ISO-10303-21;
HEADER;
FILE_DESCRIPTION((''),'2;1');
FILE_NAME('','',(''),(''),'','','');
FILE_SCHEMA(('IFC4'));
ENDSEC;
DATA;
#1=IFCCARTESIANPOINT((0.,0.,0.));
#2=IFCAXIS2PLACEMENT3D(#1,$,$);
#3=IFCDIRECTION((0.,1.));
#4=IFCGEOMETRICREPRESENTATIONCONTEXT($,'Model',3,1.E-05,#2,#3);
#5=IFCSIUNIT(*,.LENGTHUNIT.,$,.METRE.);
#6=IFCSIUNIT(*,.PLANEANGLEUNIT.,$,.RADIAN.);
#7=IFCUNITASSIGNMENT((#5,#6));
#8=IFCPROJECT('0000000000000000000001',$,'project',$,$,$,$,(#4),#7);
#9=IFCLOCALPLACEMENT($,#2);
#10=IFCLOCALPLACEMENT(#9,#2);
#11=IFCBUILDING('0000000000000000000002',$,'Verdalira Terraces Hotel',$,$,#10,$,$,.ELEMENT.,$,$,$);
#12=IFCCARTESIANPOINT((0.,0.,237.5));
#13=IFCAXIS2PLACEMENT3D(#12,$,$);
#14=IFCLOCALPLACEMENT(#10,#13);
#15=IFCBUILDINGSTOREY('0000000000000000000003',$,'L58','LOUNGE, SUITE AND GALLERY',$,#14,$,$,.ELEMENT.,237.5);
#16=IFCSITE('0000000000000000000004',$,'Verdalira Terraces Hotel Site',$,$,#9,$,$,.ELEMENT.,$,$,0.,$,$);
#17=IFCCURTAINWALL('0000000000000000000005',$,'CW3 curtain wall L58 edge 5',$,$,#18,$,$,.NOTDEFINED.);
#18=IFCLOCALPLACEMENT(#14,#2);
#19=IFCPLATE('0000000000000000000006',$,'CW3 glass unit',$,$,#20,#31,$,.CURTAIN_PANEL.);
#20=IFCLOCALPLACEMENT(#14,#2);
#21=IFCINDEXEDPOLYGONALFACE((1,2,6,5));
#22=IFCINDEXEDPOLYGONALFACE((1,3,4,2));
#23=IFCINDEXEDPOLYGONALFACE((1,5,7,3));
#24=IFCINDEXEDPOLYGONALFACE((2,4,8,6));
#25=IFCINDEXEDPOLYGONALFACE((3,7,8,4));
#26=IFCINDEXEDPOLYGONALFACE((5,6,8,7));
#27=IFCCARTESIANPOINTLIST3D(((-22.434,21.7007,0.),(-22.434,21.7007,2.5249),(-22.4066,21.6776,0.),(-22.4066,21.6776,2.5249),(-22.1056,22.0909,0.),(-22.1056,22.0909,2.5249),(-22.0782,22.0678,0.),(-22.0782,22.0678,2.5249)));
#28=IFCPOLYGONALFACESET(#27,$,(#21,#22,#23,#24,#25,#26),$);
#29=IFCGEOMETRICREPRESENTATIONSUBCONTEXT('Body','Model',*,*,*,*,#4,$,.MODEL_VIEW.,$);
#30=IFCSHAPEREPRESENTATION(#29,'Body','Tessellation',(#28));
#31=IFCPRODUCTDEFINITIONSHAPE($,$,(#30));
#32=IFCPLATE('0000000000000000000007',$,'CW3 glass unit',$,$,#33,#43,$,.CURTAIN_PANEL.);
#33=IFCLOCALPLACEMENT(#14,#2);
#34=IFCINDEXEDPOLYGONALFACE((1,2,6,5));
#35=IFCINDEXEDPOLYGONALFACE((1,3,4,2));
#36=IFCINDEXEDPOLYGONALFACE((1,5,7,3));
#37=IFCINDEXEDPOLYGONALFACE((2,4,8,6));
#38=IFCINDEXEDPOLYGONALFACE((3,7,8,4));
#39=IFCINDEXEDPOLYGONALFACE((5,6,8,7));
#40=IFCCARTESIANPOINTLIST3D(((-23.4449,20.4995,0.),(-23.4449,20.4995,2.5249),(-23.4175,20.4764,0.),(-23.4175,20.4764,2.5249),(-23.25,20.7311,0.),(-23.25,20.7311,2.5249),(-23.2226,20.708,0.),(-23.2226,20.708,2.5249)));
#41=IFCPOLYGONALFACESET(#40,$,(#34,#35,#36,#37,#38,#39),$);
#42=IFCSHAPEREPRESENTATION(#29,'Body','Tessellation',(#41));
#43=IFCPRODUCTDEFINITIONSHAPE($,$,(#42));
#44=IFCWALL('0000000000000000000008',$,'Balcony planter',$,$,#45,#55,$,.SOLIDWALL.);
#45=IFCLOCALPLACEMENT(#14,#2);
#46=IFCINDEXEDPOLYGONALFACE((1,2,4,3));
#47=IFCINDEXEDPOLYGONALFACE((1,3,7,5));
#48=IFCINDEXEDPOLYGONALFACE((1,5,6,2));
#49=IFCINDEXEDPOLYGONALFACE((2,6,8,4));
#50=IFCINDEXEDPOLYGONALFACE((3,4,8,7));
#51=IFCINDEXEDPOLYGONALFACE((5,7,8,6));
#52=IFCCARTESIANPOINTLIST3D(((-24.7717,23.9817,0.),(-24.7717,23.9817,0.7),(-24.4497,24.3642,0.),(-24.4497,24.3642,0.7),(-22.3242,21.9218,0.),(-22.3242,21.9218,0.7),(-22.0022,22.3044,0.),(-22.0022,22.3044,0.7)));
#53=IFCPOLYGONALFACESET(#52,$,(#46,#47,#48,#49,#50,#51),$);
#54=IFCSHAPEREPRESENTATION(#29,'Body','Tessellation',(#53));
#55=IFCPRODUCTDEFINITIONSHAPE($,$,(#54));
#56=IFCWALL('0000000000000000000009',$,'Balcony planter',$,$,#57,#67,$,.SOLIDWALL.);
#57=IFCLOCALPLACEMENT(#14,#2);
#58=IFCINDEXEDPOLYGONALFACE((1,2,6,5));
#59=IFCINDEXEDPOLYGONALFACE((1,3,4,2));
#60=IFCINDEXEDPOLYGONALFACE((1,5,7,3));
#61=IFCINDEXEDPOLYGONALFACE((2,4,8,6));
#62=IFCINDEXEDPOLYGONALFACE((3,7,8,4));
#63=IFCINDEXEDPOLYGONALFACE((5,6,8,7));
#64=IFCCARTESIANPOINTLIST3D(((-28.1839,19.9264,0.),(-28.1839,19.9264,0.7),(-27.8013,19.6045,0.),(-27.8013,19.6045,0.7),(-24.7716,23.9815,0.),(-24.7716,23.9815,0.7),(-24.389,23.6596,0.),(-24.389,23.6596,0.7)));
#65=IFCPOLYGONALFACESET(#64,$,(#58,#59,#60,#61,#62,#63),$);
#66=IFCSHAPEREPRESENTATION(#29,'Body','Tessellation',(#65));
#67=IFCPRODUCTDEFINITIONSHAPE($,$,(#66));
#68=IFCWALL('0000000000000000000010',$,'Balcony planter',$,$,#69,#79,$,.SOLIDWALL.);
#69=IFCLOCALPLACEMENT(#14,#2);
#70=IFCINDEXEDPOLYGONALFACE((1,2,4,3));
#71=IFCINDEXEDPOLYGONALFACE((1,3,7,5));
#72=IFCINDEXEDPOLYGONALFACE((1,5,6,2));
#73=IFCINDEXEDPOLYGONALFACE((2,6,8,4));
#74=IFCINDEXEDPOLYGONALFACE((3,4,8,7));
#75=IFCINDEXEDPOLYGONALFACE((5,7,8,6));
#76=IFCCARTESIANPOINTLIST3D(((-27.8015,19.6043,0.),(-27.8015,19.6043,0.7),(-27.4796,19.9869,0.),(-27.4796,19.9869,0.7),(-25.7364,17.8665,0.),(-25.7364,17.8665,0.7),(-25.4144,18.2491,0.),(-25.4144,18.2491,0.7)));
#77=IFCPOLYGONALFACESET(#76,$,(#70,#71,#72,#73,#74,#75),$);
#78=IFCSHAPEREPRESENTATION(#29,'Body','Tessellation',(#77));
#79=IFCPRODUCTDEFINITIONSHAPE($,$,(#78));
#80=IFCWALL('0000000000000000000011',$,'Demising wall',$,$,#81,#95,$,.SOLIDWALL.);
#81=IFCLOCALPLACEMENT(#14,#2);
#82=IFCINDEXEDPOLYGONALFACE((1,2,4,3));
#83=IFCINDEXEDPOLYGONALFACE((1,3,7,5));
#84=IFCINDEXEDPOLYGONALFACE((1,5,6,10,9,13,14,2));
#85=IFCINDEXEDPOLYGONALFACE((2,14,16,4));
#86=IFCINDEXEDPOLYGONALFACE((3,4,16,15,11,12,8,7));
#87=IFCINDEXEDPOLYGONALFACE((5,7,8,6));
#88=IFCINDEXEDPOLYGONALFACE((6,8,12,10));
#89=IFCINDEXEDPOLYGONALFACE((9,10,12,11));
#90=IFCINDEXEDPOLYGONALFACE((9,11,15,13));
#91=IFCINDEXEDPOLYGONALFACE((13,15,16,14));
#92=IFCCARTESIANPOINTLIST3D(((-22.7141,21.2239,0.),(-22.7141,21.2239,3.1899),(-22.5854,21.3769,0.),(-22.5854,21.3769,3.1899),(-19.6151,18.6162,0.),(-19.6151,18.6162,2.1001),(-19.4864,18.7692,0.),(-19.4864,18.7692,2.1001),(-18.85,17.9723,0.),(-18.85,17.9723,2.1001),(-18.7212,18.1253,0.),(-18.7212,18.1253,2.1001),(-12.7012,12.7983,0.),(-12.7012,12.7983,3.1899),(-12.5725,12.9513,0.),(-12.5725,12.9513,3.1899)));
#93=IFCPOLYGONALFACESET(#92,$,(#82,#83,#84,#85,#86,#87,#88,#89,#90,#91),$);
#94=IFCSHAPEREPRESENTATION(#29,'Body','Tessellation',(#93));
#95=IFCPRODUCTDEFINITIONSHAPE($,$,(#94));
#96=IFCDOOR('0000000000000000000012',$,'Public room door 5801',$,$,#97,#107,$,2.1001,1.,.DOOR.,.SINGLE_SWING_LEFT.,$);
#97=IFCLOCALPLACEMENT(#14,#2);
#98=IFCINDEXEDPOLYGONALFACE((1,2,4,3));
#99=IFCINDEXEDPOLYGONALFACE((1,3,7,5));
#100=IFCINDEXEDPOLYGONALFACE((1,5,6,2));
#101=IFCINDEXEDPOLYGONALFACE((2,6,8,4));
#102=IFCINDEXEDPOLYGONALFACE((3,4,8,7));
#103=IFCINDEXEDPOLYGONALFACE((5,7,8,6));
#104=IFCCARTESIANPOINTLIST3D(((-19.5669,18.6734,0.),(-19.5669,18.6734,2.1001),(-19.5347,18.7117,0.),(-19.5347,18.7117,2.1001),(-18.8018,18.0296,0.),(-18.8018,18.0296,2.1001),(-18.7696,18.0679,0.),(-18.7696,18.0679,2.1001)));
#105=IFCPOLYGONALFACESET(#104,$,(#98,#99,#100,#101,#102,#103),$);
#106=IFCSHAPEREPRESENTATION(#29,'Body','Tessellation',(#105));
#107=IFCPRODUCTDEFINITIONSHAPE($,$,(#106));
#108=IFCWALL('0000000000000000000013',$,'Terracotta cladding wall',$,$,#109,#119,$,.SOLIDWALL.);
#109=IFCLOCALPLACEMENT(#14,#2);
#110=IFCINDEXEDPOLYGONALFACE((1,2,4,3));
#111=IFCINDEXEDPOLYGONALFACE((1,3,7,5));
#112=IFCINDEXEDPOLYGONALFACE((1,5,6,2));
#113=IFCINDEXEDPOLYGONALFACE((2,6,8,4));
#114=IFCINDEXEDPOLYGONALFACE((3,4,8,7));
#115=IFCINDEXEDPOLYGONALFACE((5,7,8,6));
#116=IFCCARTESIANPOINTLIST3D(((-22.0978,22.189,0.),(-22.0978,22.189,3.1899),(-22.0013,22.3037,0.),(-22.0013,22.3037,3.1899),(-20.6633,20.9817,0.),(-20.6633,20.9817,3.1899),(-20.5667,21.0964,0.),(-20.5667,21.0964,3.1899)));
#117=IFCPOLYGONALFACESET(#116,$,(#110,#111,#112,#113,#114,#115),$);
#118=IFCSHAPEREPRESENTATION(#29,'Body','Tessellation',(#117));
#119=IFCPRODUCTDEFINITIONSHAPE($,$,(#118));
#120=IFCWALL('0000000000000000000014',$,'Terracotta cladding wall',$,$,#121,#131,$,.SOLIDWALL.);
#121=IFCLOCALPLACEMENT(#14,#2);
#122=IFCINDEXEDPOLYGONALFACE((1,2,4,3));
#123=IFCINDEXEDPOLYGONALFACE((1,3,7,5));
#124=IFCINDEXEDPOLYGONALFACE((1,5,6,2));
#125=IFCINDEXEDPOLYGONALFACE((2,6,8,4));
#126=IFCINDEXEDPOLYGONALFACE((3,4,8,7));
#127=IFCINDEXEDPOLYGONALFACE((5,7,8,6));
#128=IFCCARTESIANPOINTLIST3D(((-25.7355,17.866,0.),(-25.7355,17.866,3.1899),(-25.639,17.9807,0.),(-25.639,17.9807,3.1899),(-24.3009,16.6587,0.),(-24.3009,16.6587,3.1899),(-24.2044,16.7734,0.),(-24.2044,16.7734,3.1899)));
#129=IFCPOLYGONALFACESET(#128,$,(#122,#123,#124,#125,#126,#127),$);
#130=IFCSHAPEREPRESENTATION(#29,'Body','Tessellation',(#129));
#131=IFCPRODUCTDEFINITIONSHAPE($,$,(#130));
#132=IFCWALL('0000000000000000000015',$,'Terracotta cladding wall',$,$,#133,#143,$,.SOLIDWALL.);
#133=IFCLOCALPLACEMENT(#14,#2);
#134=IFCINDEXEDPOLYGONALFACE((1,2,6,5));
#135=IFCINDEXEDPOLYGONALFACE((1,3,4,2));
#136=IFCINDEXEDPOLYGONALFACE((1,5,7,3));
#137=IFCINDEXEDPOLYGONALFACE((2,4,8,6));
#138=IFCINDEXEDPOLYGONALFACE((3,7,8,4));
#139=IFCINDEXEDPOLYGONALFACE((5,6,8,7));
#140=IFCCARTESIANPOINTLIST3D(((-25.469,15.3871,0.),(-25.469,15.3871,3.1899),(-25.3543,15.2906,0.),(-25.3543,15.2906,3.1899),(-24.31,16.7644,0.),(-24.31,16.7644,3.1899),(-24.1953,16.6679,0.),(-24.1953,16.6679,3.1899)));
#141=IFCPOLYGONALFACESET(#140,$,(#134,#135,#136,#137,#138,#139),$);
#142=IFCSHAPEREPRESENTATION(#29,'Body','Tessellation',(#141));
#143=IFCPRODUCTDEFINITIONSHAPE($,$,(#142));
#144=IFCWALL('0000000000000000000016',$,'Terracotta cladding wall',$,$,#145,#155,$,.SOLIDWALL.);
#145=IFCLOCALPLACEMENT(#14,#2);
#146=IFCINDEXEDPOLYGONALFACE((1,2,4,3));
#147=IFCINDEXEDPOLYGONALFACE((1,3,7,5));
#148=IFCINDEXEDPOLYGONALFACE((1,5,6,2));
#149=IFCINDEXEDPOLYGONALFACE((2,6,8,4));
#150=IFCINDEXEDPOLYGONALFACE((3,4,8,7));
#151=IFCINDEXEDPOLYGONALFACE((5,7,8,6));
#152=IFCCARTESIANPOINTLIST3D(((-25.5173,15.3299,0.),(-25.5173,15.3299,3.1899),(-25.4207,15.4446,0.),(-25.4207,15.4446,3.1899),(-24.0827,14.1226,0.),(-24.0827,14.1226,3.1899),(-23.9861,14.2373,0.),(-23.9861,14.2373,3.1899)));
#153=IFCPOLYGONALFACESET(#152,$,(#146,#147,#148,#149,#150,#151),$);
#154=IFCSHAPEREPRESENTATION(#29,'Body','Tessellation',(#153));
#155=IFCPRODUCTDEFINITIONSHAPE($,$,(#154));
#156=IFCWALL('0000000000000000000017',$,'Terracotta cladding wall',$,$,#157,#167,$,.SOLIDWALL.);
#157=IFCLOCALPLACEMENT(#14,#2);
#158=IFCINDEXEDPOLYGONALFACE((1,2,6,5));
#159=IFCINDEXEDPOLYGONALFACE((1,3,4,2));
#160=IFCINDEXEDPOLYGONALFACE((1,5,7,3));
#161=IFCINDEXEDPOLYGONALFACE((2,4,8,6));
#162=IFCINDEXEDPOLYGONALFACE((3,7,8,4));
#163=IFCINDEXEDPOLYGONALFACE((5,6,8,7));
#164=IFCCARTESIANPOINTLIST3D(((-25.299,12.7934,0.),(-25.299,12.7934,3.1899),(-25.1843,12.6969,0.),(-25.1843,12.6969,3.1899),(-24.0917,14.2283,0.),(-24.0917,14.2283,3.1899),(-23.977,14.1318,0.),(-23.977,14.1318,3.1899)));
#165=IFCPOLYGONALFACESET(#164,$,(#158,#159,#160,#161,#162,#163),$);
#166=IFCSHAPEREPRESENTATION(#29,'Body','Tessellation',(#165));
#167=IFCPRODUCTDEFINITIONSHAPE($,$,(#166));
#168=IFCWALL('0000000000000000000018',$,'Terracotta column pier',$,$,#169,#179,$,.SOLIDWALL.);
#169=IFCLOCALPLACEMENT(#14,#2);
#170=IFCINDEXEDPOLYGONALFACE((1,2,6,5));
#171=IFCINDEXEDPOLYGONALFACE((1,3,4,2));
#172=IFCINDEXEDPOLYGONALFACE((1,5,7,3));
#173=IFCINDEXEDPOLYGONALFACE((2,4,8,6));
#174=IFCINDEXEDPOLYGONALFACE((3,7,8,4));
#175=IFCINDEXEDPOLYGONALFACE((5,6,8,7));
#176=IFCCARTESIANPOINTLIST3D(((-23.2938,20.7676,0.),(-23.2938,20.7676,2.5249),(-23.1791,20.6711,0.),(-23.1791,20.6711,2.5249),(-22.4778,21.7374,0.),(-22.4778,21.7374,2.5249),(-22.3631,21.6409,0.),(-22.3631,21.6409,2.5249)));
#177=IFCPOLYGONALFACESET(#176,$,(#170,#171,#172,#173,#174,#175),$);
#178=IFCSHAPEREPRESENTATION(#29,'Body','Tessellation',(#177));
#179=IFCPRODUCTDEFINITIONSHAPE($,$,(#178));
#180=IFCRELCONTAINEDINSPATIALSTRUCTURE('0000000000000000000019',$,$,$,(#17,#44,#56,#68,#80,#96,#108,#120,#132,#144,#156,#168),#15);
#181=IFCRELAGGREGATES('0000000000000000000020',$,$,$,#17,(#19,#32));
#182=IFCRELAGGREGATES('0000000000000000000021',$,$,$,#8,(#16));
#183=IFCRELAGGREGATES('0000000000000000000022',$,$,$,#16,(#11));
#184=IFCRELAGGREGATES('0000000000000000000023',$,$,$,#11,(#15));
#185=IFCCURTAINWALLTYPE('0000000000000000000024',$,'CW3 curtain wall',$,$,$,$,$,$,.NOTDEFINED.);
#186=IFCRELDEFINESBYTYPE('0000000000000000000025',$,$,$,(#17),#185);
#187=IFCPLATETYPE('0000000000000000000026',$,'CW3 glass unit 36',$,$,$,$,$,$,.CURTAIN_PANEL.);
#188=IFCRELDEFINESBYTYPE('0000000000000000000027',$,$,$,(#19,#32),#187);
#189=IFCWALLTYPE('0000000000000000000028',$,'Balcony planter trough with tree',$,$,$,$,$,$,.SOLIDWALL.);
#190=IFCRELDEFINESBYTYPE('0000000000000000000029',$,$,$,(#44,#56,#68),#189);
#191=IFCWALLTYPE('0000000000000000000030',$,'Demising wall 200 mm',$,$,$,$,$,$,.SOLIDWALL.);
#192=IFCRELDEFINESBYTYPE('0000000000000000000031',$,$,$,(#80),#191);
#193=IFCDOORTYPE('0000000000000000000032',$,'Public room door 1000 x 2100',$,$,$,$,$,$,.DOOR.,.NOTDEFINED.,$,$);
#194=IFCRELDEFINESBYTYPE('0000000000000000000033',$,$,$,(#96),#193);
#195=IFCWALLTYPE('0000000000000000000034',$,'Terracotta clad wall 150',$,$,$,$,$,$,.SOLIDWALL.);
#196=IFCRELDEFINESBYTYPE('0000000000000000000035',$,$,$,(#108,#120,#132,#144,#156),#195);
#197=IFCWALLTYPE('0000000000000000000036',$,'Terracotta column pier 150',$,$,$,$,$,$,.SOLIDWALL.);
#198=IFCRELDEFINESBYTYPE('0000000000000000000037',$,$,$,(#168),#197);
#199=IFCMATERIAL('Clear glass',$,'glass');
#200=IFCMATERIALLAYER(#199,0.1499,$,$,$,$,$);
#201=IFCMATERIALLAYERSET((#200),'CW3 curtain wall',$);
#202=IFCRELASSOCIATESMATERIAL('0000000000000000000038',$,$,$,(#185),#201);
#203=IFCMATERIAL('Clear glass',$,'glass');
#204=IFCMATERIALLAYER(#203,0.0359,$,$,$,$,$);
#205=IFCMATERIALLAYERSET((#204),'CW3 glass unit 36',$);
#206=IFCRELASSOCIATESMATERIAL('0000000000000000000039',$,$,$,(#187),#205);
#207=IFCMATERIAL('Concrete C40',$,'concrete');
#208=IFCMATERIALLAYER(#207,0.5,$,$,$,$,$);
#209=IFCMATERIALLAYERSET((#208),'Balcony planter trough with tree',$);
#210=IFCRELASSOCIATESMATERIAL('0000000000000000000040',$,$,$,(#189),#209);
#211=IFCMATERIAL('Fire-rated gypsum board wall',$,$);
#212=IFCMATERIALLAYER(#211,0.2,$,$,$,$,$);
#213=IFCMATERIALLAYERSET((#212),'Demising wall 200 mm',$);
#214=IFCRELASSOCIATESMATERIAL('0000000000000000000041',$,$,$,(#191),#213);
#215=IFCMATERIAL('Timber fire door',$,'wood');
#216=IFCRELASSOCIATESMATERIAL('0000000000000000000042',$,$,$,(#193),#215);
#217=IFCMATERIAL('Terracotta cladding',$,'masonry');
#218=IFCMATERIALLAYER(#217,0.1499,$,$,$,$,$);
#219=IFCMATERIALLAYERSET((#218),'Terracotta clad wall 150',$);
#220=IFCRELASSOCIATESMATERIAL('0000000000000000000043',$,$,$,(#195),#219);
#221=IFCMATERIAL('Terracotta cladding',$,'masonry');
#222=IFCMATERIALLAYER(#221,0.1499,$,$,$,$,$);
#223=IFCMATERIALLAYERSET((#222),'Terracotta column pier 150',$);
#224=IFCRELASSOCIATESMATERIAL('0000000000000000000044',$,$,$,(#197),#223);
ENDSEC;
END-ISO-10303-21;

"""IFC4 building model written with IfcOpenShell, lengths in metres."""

from ifc_helpers import new_model, si_unit, direction, frame, frame_2d, origin, origin_2d, place, context, subcontext, project, spatial, rectangle, extrude, material, layer, layer_set, type_object, element, fill, aggregate, save


model = new_model("IFC4")

# Units and contexts
model_context = context("Model", 3, precision=1e-05, world=origin(), true_north=direction((0.0, 1.0)))
body_context = subcontext(model_context, "Body", "Model", "MODEL_VIEW")
ifc_project = project(units=[si_unit("LENGTHUNIT", "METRE"), si_unit("PLANEANGLEUNIT", "RADIAN")], contexts=[model_context])

# Site, building, storey
site_placement = place(None, origin())
site = spatial("IfcSite", under=ifc_project, at=site_placement, Name="Verdalira Terraces Hotel Site", CompositionType="ELEMENT", RefElevation=0.0)
building_placement = place(site_placement, origin())
building = spatial("IfcBuilding", under=site, at=building_placement, Name="Verdalira Terraces Hotel", CompositionType="ELEMENT")
storey_placement = place(building_placement, frame((0.0, 0.0, 237.5)))
storey = spatial("IfcBuildingStorey", under=building, at=storey_placement, Name="L58", Description="LOUNGE, SUITE AND GALLERY", CompositionType="ELEMENT", Elevation=237.5)

# Curtain wall
ifc_material_1 = material(Name="Clear glass", Category="glass")
ifc_layer_1 = layer(ifc_material_1, 0.1499)
ifc_layer_set_1 = layer_set([ifc_layer_1], Name="CW3 curtain wall")
curtain_wall_type_1 = type_object("IfcCurtainWallType", Name="CW3 curtain wall", PredefinedType="NOTDEFINED", material=ifc_layer_set_1)
curtain_wall_1_placement = place(storey_placement, origin())
curtain_wall_1 = element("IfcCurtainWall", 1, at=curtain_wall_1_placement, inside=storey, type_object=curtain_wall_type_1, Name="CW3 curtain wall L58 edge 5", PredefinedType="NOTDEFINED")

# Plates
ifc_material_2 = material(Name="Clear glass", Category="glass")
ifc_layer_2 = layer(ifc_material_2, 0.0359)
ifc_layer_set_2 = layer_set([ifc_layer_2], Name="CW3 glass unit 36")
plate_type = type_object("IfcPlateType", Name="CW3 glass unit 36", PredefinedType="CURTAIN_PANEL", material=ifc_layer_set_2)
plate_1_placement = place(storey_placement, frame((-22.2561, 21.8843, 0.0), z_axis=(0.0, 0.0, 1.0), x_axis=(-0.643857, -0.765146, 0.0)))
plate_1 = element("IfcPlate", 2, at=plate_1_placement, type_object=plate_type, Name="CW3 glass unit", PredefinedType="CURTAIN_PANEL", context=body_context, shape_type="SweptSolid", body=[
    extrude(rectangle(XDim=0.51, YDim=0.0359, at=origin_2d()), origin(), (0.0, 0.0, 1.0), 2.5249),
])
plate_2_placement = place(storey_placement, frame((-23.3337, 20.6038, 0.0), z_axis=(0.0, 0.0, 1.0), x_axis=(-0.643857, -0.765146, 0.0)))
plate_2 = element("IfcPlate", 3, at=plate_2_placement, type_object=plate_type, Name="CW3 glass unit", PredefinedType="CURTAIN_PANEL", context=body_context, shape_type="SweptSolid", body=[
    extrude(rectangle(XDim=0.3027, YDim=0.0359, at=origin_2d()), origin(), (0.0, 0.0, 1.0), 2.5249),
])
aggregate(curtain_wall_1, [plate_1, plate_2])

# Walls
ifc_material_3 = material(Name="Concrete C40", Category="concrete")
ifc_layer_3 = layer(ifc_material_3, 0.5)
ifc_layer_set_3 = layer_set([ifc_layer_3], Name="Balcony planter trough with tree")
wall_type_1 = type_object("IfcWallType", Name="Balcony planter trough with tree", PredefinedType="SOLIDWALL", material=ifc_layer_set_3)
wall_1_placement = place(storey_placement, frame((-22.1631, 22.113, 0.0), z_axis=(0.0, 0.0, 1.0), x_axis=(-0.765103, 0.643908, 0.0)))
element("IfcWall", 4, at=wall_1_placement, inside=storey, type_object=wall_type_1, Name="Balcony planter", PredefinedType="SOLIDWALL", context=body_context, shape_type="SweptSolid", body=[
    extrude(rectangle(XDim=3.199, YDim=0.5, at=frame_2d((1.5996, 0.0))), origin(), (0.0, 0.0, 1.0), 0.7),
])
wall_2_placement = place(storey_placement, frame((-24.5803, 23.8206, 0.0), z_axis=(0.0, 0.0, 1.0), x_axis=(-0.643856, -0.765146, 0.0)))
element("IfcWall", 5, at=wall_2_placement, inside=storey, type_object=wall_type_1, Name="Balcony planter", PredefinedType="SOLIDWALL", context=body_context, shape_type="SweptSolid", body=[
    extrude(rectangle(XDim=5.2998, YDim=0.5, at=frame_2d((2.6499, 0.0))), origin(), (0.0, 0.0, 1.0), 0.7),
])
wall_3_placement = place(storey_placement, frame((-27.6406, 19.7957, 0.0), z_axis=(0.0, 0.0, 1.0), x_axis=(0.76515, -0.643852, 0.0)))
element("IfcWall", 6, at=wall_3_placement, inside=storey, type_object=wall_type_1, Name="Balcony planter", PredefinedType="SOLIDWALL", context=body_context, shape_type="SweptSolid", body=[
    extrude(rectangle(XDim=2.699, YDim=0.5, at=frame_2d((1.3496, 0.0))), origin(), (0.0, 0.0, 1.0), 0.7),
])

# Wall, opening, door
ifc_material_4 = material(Name="Fire-rated gypsum board wall")
ifc_layer_4 = layer(ifc_material_4, 0.2)
ifc_layer_set_4 = layer_set([ifc_layer_4], Name="Demising wall 200 mm")
wall_type_2 = type_object("IfcWallType", Name="Demising wall 200 mm", PredefinedType="SOLIDWALL", material=ifc_layer_set_4)
wall_4_placement = place(storey_placement, frame((-22.6497, 21.3003, 0.0), z_axis=(0.0, 0.0, 1.0), x_axis=(0.765153, -0.643849, 0.0)))
wall_4 = element("IfcWall", 7, at=wall_4_placement, inside=storey, type_object=wall_type_2, Name="Demising wall", PredefinedType="SOLIDWALL", context=body_context, shape_type="SweptSolid", body=[
    extrude(rectangle(XDim=13.0862, YDim=0.2, at=frame_2d((6.543, 0.0))), origin(), (0.0, 0.0, 1.0), 3.1899),
])
opening_1_placement = place(wall_4_placement, frame((4.05, 0.0, 0.0)))
opening_1 = element("IfcOpeningElement", 8, at=opening_1_placement, cuts=wall_4, PredefinedType="OPENING", context=body_context, shape_type="SweptSolid", body=[
    extrude(rectangle(XDim=1.0, YDim=2.1001, at=frame_2d((0.5, 1.05))), frame((0.0, 0.1099, 0.0), z_axis=(0.0, -1.0, 0.0), x_axis=(1.0, 0.0, 0.0)), (0.0, 0.0, 1.0), 0.22),
])
ifc_material_5 = material(Name="Timber fire door", Category="wood")
door_type_1 = type_object("IfcDoorType", Name="Public room door 1000 x 2100", OperationType="NOTDEFINED", PredefinedType="DOOR", material=ifc_material_5)
door_1_placement = place(opening_1_placement, origin())
door_1 = element("IfcDoor", 9, at=door_1_placement, inside=storey, type_object=door_type_1, Name="Public room door 5801", OperationType="SINGLE_SWING_LEFT", OverallHeight=2.1001, OverallWidth=1.0, PredefinedType="DOOR", context=body_context, shape_type="SweptSolid", body=[
    extrude(rectangle(XDim=1.0, YDim=2.1001, at=frame_2d((0.5, 1.05))), frame((0.0, 0.0249, 0.0), z_axis=(0.0, -1.0, 0.0), x_axis=(1.0, 0.0, 0.0)), (0.0, 0.0, 1.0), 0.05),
])
fill(opening_1, door_1)

# Walls
ifc_material_6 = material(Name="Terracotta cladding", Category="masonry")
ifc_layer_5 = layer(ifc_material_6, 0.1499)
ifc_layer_set_5 = layer_set([ifc_layer_5], Name="Terracotta clad wall 150")
wall_type_3 = type_object("IfcWallType", Name="Terracotta clad wall 150", PredefinedType="SOLIDWALL", material=ifc_layer_set_5)
for number, where, z_axis, x_axis, name in (
    (10, (-20.615, 21.0391, 0.0), (0.0, 0.0, 1.0), (-0.765117, 0.643891, 0.0), "Terracotta cladding wall"),
    (11, (-25.6873, 17.9233, 0.0), (0.0, 0.0, 1.0), (0.765117, -0.643891, 0.0), "Terracotta cladding wall"),
):
    element("IfcWall", number, at=place(storey_placement, frame(where, z_axis=z_axis, x_axis=x_axis)), inside=storey, type_object=wall_type_3, Name=name, PredefinedType="SOLIDWALL", context=body_context, shape_type="SweptSolid", body=[
        extrude(rectangle(XDim=1.875, YDim=0.1499, at=frame_2d((0.9375, 0.0))), origin(), (0.0, 0.0, 1.0), 3.1899),
    ])
wall_5_placement = place(storey_placement, frame((-24.2527, 16.7161, 0.0), z_axis=(0.0, 0.0, 1.0), x_axis=(-0.643873, -0.765133, 0.0)))
element("IfcWall", 12, at=wall_5_placement, inside=storey, type_object=wall_type_3, Name="Terracotta cladding wall", PredefinedType="SOLIDWALL", context=body_context, shape_type="SweptSolid", body=[
    extrude(rectangle(XDim=1.8, YDim=0.1499, at=frame_2d((0.8999, 0.0))), origin(), (0.0, 0.0, 1.0), 3.1899),
])
wall_6_placement = place(storey_placement, frame((-25.469, 15.3872, 0.0), z_axis=(0.0, 0.0, 1.0), x_axis=(0.765117, -0.643891, 0.0)))
element("IfcWall", 13, at=wall_6_placement, inside=storey, type_object=wall_type_3, Name="Terracotta cladding wall", PredefinedType="SOLIDWALL", context=body_context, shape_type="SweptSolid", body=[
    extrude(rectangle(XDim=1.875, YDim=0.1499, at=frame_2d((0.9375, 0.0))), origin(), (0.0, 0.0, 1.0), 3.1899),
])
wall_7_placement = place(storey_placement, frame((-24.0344, 14.1799, 0.0), z_axis=(0.0, 0.0, 1.0), x_axis=(-0.643827, -0.765171, 0.0)))
element("IfcWall", 14, at=wall_7_placement, inside=storey, type_object=wall_type_3, Name="Terracotta cladding wall", PredefinedType="SOLIDWALL", context=body_context, shape_type="SweptSolid", body=[
    extrude(rectangle(XDim=1.8752, YDim=0.1499, at=frame_2d((0.9375, 0.0))), origin(), (0.0, 0.0, 1.0), 3.1899),
])
ifc_material_7 = material(Name="Terracotta cladding", Category="masonry")
ifc_layer_6 = layer(ifc_material_7, 0.1499)
ifc_layer_set_6 = layer_set([ifc_layer_6], Name="Terracotta column pier 150")
wall_type_4 = type_object("IfcWallType", Name="Terracotta column pier 150", PredefinedType="SOLIDWALL", material=ifc_layer_set_6)
wall_8_placement = place(storey_placement, frame((-22.4204, 21.6892, 0.0), z_axis=(0.0, 0.0, 1.0), x_axis=(-0.643815, -0.765181, 0.0)))
element("IfcWall", 15, at=wall_8_placement, inside=storey, type_object=wall_type_4, Name="Terracotta column pier", PredefinedType="SOLIDWALL", context=body_context, shape_type="SweptSolid", body=[
    extrude(rectangle(XDim=1.2673, YDim=0.1499, at=frame_2d((0.6338, 0.0))), origin(), (0.0, 0.0, 1.0), 2.5249),
])

save(model, "model.ifc")
